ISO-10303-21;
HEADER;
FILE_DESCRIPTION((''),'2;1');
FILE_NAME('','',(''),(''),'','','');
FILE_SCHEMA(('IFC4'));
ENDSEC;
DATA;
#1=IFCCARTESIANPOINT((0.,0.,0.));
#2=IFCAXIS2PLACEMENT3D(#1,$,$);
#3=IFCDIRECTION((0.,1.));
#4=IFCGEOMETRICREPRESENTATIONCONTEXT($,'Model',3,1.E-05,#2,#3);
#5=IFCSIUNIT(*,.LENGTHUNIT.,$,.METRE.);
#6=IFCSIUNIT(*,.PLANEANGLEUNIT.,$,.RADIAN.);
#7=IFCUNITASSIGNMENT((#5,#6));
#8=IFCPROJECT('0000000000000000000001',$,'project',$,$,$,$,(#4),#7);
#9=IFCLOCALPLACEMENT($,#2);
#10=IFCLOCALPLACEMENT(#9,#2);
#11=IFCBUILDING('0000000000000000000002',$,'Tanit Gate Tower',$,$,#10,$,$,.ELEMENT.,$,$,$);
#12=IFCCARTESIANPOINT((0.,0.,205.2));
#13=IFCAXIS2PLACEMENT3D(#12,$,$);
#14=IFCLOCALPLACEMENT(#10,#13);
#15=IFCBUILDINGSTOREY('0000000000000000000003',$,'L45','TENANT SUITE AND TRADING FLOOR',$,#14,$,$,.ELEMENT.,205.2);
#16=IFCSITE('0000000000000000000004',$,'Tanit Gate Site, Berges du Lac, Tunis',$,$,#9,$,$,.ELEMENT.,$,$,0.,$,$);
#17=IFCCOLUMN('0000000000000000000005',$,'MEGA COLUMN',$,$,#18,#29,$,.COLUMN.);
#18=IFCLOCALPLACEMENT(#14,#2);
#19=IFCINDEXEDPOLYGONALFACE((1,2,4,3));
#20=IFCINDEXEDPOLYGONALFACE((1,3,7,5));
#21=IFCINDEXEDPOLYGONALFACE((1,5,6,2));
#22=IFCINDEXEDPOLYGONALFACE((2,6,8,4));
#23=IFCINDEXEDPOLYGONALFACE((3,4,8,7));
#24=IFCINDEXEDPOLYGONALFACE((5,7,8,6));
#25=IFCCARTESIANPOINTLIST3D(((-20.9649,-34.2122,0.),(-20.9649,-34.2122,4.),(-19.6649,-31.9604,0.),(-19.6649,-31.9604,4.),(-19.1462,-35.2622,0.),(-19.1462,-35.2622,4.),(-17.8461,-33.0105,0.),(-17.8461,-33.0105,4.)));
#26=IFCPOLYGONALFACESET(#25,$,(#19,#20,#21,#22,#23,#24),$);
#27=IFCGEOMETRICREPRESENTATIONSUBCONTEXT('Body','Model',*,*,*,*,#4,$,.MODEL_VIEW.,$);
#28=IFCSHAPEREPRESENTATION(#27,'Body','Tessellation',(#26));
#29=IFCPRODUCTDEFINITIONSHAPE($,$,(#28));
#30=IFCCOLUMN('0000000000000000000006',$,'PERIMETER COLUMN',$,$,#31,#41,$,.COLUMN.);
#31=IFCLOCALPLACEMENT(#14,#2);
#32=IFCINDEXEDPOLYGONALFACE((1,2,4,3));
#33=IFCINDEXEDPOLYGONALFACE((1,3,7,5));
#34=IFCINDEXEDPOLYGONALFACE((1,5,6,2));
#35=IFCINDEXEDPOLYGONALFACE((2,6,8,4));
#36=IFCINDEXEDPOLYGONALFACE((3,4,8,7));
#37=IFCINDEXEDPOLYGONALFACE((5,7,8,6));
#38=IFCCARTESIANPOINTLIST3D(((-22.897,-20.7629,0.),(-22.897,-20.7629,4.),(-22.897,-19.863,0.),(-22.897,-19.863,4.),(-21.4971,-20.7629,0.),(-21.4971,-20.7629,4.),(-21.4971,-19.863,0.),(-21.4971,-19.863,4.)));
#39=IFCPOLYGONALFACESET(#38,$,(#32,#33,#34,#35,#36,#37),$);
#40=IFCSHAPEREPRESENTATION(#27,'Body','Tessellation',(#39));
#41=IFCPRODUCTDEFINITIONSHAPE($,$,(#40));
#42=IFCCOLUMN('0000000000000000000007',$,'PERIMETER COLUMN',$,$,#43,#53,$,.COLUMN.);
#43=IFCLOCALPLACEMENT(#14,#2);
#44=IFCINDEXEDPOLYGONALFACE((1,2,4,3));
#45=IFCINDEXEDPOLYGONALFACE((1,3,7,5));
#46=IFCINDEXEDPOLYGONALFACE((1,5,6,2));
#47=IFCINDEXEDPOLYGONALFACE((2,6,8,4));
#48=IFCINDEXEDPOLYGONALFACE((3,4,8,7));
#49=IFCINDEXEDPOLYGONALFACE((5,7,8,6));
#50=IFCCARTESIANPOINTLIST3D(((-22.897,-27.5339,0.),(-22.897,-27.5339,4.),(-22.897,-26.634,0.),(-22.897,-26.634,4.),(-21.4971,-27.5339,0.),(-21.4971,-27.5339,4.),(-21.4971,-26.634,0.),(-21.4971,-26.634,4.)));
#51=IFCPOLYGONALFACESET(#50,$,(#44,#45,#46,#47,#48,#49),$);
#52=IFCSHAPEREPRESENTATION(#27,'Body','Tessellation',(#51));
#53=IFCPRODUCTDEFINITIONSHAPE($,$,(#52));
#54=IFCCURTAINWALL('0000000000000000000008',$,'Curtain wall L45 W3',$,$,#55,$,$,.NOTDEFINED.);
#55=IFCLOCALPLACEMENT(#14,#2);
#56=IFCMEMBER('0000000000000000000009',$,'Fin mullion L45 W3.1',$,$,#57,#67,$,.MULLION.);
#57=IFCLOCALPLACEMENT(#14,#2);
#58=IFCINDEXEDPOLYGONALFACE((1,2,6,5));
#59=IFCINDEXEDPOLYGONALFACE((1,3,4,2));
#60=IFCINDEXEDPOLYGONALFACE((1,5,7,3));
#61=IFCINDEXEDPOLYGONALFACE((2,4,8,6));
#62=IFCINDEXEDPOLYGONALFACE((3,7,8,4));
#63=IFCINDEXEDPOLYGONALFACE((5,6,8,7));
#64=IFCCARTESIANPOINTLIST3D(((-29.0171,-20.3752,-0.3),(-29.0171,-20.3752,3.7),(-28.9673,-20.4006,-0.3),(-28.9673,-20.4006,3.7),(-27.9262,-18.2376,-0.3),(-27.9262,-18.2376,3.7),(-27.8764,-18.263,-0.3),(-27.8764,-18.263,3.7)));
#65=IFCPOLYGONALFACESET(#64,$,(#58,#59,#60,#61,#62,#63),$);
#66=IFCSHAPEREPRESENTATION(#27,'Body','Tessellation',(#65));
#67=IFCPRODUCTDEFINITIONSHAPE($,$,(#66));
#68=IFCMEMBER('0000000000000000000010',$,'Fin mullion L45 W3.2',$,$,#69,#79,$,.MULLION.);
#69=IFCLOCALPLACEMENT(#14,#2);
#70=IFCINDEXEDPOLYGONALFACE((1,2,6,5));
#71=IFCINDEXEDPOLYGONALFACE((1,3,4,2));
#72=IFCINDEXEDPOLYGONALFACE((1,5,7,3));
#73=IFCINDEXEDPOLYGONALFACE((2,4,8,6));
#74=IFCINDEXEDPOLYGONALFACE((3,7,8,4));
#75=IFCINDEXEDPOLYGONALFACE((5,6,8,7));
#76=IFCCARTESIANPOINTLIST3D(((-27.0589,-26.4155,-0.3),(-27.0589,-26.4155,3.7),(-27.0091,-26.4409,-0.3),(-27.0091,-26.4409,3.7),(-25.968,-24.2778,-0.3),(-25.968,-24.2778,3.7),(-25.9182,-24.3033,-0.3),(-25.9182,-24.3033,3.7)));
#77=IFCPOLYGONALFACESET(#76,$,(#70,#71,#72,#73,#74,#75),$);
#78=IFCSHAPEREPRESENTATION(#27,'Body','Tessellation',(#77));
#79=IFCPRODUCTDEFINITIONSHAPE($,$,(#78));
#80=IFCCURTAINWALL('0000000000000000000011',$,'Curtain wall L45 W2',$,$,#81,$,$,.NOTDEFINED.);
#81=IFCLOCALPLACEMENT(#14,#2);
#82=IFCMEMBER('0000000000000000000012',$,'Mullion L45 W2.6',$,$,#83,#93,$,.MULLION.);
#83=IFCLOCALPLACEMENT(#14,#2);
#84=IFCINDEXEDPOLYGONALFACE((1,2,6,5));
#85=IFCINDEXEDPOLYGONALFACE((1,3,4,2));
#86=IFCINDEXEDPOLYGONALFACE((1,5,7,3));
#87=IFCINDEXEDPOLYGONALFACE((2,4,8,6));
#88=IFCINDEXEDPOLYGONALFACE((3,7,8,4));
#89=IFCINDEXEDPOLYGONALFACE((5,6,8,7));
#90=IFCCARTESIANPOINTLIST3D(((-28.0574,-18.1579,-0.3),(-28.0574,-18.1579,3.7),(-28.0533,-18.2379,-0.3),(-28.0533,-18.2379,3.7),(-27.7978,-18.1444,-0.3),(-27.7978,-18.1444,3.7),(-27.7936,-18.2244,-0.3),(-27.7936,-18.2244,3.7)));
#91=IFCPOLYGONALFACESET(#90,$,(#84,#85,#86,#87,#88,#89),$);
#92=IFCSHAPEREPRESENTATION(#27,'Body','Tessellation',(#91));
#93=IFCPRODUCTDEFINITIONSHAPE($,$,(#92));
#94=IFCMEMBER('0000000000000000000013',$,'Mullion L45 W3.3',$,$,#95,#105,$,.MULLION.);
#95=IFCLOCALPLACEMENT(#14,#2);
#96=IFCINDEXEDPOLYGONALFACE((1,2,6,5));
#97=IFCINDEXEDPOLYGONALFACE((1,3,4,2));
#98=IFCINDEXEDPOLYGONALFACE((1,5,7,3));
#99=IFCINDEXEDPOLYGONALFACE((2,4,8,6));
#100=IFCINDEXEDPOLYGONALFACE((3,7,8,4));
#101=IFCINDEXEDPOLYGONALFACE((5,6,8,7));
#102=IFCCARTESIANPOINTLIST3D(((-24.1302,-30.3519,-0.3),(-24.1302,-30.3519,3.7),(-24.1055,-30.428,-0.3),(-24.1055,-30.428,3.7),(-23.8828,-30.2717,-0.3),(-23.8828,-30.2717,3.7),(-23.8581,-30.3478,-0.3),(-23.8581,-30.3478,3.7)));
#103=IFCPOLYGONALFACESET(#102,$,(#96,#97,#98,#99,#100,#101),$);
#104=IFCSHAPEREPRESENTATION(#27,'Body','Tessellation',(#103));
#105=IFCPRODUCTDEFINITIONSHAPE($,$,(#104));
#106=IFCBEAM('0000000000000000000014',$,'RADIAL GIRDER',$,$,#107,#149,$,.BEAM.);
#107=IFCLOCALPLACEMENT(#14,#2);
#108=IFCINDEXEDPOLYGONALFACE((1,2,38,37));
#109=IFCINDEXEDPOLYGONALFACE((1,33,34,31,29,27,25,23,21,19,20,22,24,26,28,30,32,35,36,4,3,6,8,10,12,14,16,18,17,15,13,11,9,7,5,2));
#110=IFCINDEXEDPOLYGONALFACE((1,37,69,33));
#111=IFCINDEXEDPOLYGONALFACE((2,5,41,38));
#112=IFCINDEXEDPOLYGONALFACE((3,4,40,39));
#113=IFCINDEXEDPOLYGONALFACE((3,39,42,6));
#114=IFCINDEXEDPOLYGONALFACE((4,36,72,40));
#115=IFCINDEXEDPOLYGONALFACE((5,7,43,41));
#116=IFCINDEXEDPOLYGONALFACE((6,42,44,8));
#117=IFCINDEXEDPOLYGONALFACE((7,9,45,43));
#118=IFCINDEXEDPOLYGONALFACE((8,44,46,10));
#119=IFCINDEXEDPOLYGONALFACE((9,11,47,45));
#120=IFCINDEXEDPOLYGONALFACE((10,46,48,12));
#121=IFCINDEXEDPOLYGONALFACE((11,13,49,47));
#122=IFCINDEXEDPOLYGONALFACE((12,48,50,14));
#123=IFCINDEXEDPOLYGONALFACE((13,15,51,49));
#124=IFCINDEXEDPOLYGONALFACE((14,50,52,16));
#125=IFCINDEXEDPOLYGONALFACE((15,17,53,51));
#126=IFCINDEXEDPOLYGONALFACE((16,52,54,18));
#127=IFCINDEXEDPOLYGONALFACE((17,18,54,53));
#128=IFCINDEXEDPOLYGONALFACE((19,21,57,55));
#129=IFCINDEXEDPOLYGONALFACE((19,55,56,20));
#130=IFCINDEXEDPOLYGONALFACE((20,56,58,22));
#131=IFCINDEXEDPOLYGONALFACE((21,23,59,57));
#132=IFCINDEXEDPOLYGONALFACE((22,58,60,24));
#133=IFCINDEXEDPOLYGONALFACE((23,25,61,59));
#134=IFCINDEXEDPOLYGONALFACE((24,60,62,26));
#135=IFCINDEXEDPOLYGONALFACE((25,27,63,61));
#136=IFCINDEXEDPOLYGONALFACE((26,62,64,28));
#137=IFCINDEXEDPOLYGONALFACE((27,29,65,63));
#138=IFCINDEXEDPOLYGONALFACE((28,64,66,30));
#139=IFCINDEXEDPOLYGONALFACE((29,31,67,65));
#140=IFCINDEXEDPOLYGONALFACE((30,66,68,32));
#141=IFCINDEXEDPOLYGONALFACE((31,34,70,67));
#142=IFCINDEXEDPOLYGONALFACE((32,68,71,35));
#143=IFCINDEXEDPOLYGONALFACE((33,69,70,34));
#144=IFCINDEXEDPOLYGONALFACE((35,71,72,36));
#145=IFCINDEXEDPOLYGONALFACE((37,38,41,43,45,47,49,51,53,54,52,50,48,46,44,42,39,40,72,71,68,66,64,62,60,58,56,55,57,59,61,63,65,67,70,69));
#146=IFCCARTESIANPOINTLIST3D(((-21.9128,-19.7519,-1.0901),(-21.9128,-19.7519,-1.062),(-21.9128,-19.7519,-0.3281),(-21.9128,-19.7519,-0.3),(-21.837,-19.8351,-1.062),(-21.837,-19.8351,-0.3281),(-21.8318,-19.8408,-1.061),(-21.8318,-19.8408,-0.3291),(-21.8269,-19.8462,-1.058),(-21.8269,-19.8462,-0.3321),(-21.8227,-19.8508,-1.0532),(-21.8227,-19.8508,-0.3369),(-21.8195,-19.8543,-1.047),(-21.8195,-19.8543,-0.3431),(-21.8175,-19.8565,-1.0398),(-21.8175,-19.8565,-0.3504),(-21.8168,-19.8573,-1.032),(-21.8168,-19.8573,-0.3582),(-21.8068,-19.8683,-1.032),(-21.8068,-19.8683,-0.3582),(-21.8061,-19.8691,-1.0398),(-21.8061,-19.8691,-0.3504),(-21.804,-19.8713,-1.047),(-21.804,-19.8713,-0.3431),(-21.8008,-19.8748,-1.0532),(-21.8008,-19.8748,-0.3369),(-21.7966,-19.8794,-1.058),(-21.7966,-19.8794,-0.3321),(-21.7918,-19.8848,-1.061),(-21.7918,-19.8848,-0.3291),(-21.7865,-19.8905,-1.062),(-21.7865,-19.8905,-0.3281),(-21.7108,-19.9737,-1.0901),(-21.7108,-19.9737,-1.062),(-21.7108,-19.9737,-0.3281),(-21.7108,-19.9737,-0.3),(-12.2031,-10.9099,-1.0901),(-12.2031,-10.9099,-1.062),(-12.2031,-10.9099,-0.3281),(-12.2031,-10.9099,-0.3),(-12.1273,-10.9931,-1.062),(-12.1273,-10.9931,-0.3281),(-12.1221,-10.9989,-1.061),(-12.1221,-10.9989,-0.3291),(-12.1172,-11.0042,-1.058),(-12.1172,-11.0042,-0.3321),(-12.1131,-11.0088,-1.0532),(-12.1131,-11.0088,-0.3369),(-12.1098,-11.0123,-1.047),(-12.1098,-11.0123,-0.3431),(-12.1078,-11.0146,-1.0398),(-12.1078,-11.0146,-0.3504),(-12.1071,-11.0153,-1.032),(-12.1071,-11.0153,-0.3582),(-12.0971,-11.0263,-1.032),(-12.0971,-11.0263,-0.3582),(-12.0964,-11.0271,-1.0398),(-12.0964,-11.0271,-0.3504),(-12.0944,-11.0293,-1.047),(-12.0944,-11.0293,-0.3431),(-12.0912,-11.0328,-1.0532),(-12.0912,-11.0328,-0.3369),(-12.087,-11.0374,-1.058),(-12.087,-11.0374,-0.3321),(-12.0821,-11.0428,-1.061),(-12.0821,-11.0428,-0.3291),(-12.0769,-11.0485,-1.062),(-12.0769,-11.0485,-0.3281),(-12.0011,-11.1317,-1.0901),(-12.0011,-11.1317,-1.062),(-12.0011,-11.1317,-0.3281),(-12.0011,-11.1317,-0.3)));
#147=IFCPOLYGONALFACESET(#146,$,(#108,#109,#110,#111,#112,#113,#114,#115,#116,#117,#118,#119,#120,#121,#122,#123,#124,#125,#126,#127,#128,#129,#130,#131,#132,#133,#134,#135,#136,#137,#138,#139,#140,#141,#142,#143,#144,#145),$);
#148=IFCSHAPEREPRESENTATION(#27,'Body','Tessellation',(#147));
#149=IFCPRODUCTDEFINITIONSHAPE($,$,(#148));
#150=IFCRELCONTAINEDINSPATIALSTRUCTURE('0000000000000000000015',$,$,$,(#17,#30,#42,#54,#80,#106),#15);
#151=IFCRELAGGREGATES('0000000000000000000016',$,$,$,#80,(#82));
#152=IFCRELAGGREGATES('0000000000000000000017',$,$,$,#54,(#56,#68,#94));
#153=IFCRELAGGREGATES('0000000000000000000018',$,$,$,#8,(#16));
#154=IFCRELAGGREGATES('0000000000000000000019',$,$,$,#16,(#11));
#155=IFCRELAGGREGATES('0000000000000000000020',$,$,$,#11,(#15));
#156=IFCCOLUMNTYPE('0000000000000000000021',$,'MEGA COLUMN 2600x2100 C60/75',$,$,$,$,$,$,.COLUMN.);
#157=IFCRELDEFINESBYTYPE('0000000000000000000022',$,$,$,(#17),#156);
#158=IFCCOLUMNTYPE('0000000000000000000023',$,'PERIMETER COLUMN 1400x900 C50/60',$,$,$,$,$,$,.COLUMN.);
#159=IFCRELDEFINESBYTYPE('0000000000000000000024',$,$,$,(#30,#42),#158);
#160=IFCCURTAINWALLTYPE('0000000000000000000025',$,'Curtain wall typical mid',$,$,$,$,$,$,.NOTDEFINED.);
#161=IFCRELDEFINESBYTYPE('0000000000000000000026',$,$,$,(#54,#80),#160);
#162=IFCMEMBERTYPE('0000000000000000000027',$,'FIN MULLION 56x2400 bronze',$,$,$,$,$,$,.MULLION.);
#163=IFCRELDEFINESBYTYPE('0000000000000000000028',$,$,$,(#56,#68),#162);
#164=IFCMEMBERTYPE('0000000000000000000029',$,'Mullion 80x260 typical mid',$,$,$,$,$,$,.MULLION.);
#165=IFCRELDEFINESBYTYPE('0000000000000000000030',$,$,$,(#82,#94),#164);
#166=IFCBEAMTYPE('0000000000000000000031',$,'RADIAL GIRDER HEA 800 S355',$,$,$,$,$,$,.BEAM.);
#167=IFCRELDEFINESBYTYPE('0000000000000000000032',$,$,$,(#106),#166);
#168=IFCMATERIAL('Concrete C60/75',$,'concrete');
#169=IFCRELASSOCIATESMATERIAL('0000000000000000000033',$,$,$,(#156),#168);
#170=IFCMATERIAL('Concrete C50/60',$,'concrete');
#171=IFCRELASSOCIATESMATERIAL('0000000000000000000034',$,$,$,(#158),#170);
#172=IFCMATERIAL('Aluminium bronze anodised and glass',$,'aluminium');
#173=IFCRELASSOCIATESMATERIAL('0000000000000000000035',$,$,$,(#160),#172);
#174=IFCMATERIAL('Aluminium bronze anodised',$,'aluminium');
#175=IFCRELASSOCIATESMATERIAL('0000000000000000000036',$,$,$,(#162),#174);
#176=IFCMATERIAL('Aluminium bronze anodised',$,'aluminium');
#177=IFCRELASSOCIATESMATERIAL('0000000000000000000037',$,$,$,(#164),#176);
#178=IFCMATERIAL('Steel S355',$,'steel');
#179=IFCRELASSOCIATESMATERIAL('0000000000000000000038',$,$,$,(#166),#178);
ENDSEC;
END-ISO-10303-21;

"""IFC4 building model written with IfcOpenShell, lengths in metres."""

from ifc_helpers import new_model, si_unit, direction, frame, origin, origin_2d, place, context, subcontext, project, spatial, rectangle, i_section, extrude, material, material_profile, profile_set, type_object, element, aggregate, save


model = new_model("IFC4")

# Units and contexts
model_context = context("Model", 3, precision=1e-05, world=origin(), true_north=direction((0.0, 1.0)))
body_context = subcontext(model_context, "Body", "Model", "MODEL_VIEW")
ifc_project = project(units=[si_unit("LENGTHUNIT", "METRE"), si_unit("PLANEANGLEUNIT", "RADIAN")], contexts=[model_context])

# Site, building, storey
site_placement = place(None, origin())
site = spatial("IfcSite", under=ifc_project, at=site_placement, Name="Tanit Gate Site, Berges du Lac, Tunis", CompositionType="ELEMENT", RefElevation=0.0)
building_placement = place(site_placement, origin())
building = spatial("IfcBuilding", under=site, at=building_placement, Name="Tanit Gate Tower", CompositionType="ELEMENT")
storey_placement = place(building_placement, frame((0.0, 0.0, 205.2)))
storey = spatial("IfcBuildingStorey", under=building, at=storey_placement, Name="L45", Description="TENANT SUITE AND TRADING FLOOR", CompositionType="ELEMENT", Elevation=205.2)

# Columns
ifc_material_1 = material(Name="Concrete C60/75", Category="concrete")
ifc_material_profile_1 = material_profile(ifc_material_1, rectangle(XDim=2.6001, YDim=2.1001, at=origin_2d()), Name="RC 2600x2100")
ifc_profile_set_1 = profile_set([ifc_material_profile_1], Name="Concrete C60/75")
column_type_1 = type_object("IfcColumnType", Name="MEGA COLUMN 2600x2100 C60/75", PredefinedType="COLUMN", material=ifc_profile_set_1)
column_placement = place(storey_placement, frame((-19.4055, -33.6113, 0.0), z_axis=(0.0, 0.0, 1.0), x_axis=(-0.5, -0.866025, 0.0)))
element("IfcColumn", 1, at=column_placement, inside=storey, type_object=column_type_1, Name="MEGA COLUMN", PredefinedType="COLUMN", context=body_context, shape_type="SweptSolid", body=[
    extrude(rectangle(XDim=2.6001, YDim=2.1001, at=origin_2d()), origin(), (0.0, 0.0, 1.0), 4.0),
])
ifc_material_2 = material(Name="Concrete C50/60", Category="concrete")
ifc_material_profile_2 = material_profile(ifc_material_2, rectangle(XDim=1.3999, YDim=0.8999, at=origin_2d()), Name="RC 1400x900")
ifc_profile_set_2 = profile_set([ifc_material_profile_2], Name="Concrete C50/60")
column_type_2 = type_object("IfcColumnType", Name="PERIMETER COLUMN 1400x900 C50/60", PredefinedType="COLUMN", material=ifc_profile_set_2)
for number, where, z_axis, x_axis, name in (
    (2, (-22.197, -20.313, 0.0), (0.0, 0.0, 1.0), (-1.0, 0.0, 0.0), "PERIMETER COLUMN"),
    (3, (-22.197, -27.084, 0.0), (0.0, 0.0, 1.0), (-1.0, 0.0, 0.0), "PERIMETER COLUMN"),
):
    element("IfcColumn", number, at=place(storey_placement, frame(where, z_axis=z_axis, x_axis=x_axis)), inside=storey, type_object=column_type_2, Name=name, PredefinedType="COLUMN", context=body_context, shape_type="SweptSolid", body=[
        extrude(rectangle(XDim=1.3999, YDim=0.8999, at=origin_2d()), origin(), (0.0, 0.0, 1.0), 4.0),
    ])

# Curtain wall, members
ifc_material_3 = material(Name="Aluminium bronze anodised and glass", Category="aluminium")
curtain_wall_type = type_object("IfcCurtainWallType", Name="Curtain wall typical mid", PredefinedType="NOTDEFINED", material=ifc_material_3)
curtain_wall_1_placement = place(storey_placement, origin())
curtain_wall_1 = element("IfcCurtainWall", 4, at=curtain_wall_1_placement, inside=storey, type_object=curtain_wall_type, Name="Curtain wall L45 W3", PredefinedType="NOTDEFINED")
ifc_material_4 = material(Name="Aluminium bronze anodised", Category="aluminium")
ifc_material_profile_3 = material_profile(ifc_material_4, rectangle(XDim=2.3999, YDim=0.0559, at=origin_2d()), Name="56x2400 bronze fin mullion")
ifc_profile_set_3 = profile_set([ifc_material_profile_3], Name="Aluminium bronze anodised")
member_type_1 = type_object("IfcMemberType", Name="FIN MULLION 56x2400 bronze", PredefinedType="MULLION", material=ifc_profile_set_3)
member_1_placement = place(storey_placement, frame((-28.4468, -19.3191, -0.3), z_axis=(0.0, 0.0, 1.0), x_axis=(0.454551, 0.890721, 0.0)))
member_1 = element("IfcMember", 5, at=member_1_placement, type_object=member_type_1, Name="Fin mullion L45 W3.1", PredefinedType="MULLION", context=body_context, shape_type="SweptSolid", body=[
    extrude(rectangle(XDim=2.3999, YDim=0.0559, at=origin_2d()), origin(), (0.0, 0.0, 1.0), 4.0),
])
member_2_placement = place(storey_placement, frame((-26.4885, -25.3594, -0.3), z_axis=(0.0, 0.0, 1.0), x_axis=(0.454551, 0.890721, 0.0)))
member_2 = element("IfcMember", 6, at=member_2_placement, type_object=member_type_1, Name="Fin mullion L45 W3.2", PredefinedType="MULLION", context=body_context, shape_type="SweptSolid", body=[
    extrude(rectangle(XDim=2.3999, YDim=0.0559, at=origin_2d()), origin(), (0.0, 0.0, 1.0), 4.0),
])

# Curtain wall, member
curtain_wall_2_placement = place(storey_placement, origin())
curtain_wall_2 = element("IfcCurtainWall", 7, at=curtain_wall_2_placement, inside=storey, type_object=curtain_wall_type, Name="Curtain wall L45 W2", PredefinedType="NOTDEFINED")
ifc_material_5 = material(Name="Aluminium bronze anodised", Category="aluminium")
ifc_material_profile_4 = material_profile(ifc_material_5, rectangle(XDim=0.26, YDim=0.0801, at=origin_2d()), Name="80x260 bronze mullion")
ifc_profile_set_4 = profile_set([ifc_material_profile_4], Name="Aluminium bronze anodised")
member_type_2 = type_object("IfcMemberType", Name="Mullion 80x260 typical mid", PredefinedType="MULLION", material=ifc_profile_set_4)
member_3_placement = place(storey_placement, frame((-27.9255, -18.1912, -0.3), z_axis=(0.0, 0.0, 1.0), x_axis=(0.998647, 0.052003, 0.0)))
member_3 = element("IfcMember", 8, at=member_3_placement, type_object=member_type_2, Name="Mullion L45 W2.6", PredefinedType="MULLION", context=body_context, shape_type="SweptSolid", body=[
    extrude(rectangle(XDim=0.26, YDim=0.0801, at=origin_2d()), origin(), (0.0, 0.0, 1.0), 4.0),
])
aggregate(curtain_wall_2, [member_3])

# Member
member_4_placement = place(storey_placement, frame((-23.9941, -30.3499, -0.3), z_axis=(0.0, 0.0, 1.0), x_axis=(0.951251, 0.308419, 0.0)))
member_4 = element("IfcMember", 9, at=member_4_placement, type_object=member_type_2, Name="Mullion L45 W3.3", PredefinedType="MULLION", context=body_context, shape_type="SweptSolid", body=[
    extrude(rectangle(XDim=0.26, YDim=0.0801, at=origin_2d()), origin(), (0.0, 0.0, 1.0), 4.0),
])

# Beam
ifc_material_6 = material(Name="Steel S355", Category="steel")
ifc_material_profile_5 = material_profile(ifc_material_6, i_section(OverallWidth=0.3, OverallDepth=0.79, WebThickness=0.0149, FlangeThickness=0.0281, FilletRadius=0.03, at=origin_2d()), Name="HEA 800")
ifc_profile_set_5 = profile_set([ifc_material_profile_5], Name="Steel S355")
beam_type_1 = type_object("IfcBeamType", Name="RADIAL GIRDER HEA 800 S355", PredefinedType="BEAM", material=ifc_profile_set_5)
beam_1_placement = place(storey_placement, frame((-21.8118, -19.8628, -0.6951), z_axis=(0.73937, 0.673299, 0.0), x_axis=(-0.673299, 0.73937, 0.0)))
element("IfcBeam", 10, at=beam_1_placement, inside=storey, type_object=beam_type_1, Name="RADIAL GIRDER", PredefinedType="BEAM", context=body_context, shape_type="SweptSolid", body=[
    extrude(i_section(OverallWidth=0.3, OverallDepth=0.79, WebThickness=0.0149, FlangeThickness=0.0281, FilletRadius=0.03, at=origin_2d()), origin(), (0.0, 0.0, 1.0), 13.1323),
])

aggregate(curtain_wall_1, [member_1, member_2, member_4])

save(model, "model.ifc")
